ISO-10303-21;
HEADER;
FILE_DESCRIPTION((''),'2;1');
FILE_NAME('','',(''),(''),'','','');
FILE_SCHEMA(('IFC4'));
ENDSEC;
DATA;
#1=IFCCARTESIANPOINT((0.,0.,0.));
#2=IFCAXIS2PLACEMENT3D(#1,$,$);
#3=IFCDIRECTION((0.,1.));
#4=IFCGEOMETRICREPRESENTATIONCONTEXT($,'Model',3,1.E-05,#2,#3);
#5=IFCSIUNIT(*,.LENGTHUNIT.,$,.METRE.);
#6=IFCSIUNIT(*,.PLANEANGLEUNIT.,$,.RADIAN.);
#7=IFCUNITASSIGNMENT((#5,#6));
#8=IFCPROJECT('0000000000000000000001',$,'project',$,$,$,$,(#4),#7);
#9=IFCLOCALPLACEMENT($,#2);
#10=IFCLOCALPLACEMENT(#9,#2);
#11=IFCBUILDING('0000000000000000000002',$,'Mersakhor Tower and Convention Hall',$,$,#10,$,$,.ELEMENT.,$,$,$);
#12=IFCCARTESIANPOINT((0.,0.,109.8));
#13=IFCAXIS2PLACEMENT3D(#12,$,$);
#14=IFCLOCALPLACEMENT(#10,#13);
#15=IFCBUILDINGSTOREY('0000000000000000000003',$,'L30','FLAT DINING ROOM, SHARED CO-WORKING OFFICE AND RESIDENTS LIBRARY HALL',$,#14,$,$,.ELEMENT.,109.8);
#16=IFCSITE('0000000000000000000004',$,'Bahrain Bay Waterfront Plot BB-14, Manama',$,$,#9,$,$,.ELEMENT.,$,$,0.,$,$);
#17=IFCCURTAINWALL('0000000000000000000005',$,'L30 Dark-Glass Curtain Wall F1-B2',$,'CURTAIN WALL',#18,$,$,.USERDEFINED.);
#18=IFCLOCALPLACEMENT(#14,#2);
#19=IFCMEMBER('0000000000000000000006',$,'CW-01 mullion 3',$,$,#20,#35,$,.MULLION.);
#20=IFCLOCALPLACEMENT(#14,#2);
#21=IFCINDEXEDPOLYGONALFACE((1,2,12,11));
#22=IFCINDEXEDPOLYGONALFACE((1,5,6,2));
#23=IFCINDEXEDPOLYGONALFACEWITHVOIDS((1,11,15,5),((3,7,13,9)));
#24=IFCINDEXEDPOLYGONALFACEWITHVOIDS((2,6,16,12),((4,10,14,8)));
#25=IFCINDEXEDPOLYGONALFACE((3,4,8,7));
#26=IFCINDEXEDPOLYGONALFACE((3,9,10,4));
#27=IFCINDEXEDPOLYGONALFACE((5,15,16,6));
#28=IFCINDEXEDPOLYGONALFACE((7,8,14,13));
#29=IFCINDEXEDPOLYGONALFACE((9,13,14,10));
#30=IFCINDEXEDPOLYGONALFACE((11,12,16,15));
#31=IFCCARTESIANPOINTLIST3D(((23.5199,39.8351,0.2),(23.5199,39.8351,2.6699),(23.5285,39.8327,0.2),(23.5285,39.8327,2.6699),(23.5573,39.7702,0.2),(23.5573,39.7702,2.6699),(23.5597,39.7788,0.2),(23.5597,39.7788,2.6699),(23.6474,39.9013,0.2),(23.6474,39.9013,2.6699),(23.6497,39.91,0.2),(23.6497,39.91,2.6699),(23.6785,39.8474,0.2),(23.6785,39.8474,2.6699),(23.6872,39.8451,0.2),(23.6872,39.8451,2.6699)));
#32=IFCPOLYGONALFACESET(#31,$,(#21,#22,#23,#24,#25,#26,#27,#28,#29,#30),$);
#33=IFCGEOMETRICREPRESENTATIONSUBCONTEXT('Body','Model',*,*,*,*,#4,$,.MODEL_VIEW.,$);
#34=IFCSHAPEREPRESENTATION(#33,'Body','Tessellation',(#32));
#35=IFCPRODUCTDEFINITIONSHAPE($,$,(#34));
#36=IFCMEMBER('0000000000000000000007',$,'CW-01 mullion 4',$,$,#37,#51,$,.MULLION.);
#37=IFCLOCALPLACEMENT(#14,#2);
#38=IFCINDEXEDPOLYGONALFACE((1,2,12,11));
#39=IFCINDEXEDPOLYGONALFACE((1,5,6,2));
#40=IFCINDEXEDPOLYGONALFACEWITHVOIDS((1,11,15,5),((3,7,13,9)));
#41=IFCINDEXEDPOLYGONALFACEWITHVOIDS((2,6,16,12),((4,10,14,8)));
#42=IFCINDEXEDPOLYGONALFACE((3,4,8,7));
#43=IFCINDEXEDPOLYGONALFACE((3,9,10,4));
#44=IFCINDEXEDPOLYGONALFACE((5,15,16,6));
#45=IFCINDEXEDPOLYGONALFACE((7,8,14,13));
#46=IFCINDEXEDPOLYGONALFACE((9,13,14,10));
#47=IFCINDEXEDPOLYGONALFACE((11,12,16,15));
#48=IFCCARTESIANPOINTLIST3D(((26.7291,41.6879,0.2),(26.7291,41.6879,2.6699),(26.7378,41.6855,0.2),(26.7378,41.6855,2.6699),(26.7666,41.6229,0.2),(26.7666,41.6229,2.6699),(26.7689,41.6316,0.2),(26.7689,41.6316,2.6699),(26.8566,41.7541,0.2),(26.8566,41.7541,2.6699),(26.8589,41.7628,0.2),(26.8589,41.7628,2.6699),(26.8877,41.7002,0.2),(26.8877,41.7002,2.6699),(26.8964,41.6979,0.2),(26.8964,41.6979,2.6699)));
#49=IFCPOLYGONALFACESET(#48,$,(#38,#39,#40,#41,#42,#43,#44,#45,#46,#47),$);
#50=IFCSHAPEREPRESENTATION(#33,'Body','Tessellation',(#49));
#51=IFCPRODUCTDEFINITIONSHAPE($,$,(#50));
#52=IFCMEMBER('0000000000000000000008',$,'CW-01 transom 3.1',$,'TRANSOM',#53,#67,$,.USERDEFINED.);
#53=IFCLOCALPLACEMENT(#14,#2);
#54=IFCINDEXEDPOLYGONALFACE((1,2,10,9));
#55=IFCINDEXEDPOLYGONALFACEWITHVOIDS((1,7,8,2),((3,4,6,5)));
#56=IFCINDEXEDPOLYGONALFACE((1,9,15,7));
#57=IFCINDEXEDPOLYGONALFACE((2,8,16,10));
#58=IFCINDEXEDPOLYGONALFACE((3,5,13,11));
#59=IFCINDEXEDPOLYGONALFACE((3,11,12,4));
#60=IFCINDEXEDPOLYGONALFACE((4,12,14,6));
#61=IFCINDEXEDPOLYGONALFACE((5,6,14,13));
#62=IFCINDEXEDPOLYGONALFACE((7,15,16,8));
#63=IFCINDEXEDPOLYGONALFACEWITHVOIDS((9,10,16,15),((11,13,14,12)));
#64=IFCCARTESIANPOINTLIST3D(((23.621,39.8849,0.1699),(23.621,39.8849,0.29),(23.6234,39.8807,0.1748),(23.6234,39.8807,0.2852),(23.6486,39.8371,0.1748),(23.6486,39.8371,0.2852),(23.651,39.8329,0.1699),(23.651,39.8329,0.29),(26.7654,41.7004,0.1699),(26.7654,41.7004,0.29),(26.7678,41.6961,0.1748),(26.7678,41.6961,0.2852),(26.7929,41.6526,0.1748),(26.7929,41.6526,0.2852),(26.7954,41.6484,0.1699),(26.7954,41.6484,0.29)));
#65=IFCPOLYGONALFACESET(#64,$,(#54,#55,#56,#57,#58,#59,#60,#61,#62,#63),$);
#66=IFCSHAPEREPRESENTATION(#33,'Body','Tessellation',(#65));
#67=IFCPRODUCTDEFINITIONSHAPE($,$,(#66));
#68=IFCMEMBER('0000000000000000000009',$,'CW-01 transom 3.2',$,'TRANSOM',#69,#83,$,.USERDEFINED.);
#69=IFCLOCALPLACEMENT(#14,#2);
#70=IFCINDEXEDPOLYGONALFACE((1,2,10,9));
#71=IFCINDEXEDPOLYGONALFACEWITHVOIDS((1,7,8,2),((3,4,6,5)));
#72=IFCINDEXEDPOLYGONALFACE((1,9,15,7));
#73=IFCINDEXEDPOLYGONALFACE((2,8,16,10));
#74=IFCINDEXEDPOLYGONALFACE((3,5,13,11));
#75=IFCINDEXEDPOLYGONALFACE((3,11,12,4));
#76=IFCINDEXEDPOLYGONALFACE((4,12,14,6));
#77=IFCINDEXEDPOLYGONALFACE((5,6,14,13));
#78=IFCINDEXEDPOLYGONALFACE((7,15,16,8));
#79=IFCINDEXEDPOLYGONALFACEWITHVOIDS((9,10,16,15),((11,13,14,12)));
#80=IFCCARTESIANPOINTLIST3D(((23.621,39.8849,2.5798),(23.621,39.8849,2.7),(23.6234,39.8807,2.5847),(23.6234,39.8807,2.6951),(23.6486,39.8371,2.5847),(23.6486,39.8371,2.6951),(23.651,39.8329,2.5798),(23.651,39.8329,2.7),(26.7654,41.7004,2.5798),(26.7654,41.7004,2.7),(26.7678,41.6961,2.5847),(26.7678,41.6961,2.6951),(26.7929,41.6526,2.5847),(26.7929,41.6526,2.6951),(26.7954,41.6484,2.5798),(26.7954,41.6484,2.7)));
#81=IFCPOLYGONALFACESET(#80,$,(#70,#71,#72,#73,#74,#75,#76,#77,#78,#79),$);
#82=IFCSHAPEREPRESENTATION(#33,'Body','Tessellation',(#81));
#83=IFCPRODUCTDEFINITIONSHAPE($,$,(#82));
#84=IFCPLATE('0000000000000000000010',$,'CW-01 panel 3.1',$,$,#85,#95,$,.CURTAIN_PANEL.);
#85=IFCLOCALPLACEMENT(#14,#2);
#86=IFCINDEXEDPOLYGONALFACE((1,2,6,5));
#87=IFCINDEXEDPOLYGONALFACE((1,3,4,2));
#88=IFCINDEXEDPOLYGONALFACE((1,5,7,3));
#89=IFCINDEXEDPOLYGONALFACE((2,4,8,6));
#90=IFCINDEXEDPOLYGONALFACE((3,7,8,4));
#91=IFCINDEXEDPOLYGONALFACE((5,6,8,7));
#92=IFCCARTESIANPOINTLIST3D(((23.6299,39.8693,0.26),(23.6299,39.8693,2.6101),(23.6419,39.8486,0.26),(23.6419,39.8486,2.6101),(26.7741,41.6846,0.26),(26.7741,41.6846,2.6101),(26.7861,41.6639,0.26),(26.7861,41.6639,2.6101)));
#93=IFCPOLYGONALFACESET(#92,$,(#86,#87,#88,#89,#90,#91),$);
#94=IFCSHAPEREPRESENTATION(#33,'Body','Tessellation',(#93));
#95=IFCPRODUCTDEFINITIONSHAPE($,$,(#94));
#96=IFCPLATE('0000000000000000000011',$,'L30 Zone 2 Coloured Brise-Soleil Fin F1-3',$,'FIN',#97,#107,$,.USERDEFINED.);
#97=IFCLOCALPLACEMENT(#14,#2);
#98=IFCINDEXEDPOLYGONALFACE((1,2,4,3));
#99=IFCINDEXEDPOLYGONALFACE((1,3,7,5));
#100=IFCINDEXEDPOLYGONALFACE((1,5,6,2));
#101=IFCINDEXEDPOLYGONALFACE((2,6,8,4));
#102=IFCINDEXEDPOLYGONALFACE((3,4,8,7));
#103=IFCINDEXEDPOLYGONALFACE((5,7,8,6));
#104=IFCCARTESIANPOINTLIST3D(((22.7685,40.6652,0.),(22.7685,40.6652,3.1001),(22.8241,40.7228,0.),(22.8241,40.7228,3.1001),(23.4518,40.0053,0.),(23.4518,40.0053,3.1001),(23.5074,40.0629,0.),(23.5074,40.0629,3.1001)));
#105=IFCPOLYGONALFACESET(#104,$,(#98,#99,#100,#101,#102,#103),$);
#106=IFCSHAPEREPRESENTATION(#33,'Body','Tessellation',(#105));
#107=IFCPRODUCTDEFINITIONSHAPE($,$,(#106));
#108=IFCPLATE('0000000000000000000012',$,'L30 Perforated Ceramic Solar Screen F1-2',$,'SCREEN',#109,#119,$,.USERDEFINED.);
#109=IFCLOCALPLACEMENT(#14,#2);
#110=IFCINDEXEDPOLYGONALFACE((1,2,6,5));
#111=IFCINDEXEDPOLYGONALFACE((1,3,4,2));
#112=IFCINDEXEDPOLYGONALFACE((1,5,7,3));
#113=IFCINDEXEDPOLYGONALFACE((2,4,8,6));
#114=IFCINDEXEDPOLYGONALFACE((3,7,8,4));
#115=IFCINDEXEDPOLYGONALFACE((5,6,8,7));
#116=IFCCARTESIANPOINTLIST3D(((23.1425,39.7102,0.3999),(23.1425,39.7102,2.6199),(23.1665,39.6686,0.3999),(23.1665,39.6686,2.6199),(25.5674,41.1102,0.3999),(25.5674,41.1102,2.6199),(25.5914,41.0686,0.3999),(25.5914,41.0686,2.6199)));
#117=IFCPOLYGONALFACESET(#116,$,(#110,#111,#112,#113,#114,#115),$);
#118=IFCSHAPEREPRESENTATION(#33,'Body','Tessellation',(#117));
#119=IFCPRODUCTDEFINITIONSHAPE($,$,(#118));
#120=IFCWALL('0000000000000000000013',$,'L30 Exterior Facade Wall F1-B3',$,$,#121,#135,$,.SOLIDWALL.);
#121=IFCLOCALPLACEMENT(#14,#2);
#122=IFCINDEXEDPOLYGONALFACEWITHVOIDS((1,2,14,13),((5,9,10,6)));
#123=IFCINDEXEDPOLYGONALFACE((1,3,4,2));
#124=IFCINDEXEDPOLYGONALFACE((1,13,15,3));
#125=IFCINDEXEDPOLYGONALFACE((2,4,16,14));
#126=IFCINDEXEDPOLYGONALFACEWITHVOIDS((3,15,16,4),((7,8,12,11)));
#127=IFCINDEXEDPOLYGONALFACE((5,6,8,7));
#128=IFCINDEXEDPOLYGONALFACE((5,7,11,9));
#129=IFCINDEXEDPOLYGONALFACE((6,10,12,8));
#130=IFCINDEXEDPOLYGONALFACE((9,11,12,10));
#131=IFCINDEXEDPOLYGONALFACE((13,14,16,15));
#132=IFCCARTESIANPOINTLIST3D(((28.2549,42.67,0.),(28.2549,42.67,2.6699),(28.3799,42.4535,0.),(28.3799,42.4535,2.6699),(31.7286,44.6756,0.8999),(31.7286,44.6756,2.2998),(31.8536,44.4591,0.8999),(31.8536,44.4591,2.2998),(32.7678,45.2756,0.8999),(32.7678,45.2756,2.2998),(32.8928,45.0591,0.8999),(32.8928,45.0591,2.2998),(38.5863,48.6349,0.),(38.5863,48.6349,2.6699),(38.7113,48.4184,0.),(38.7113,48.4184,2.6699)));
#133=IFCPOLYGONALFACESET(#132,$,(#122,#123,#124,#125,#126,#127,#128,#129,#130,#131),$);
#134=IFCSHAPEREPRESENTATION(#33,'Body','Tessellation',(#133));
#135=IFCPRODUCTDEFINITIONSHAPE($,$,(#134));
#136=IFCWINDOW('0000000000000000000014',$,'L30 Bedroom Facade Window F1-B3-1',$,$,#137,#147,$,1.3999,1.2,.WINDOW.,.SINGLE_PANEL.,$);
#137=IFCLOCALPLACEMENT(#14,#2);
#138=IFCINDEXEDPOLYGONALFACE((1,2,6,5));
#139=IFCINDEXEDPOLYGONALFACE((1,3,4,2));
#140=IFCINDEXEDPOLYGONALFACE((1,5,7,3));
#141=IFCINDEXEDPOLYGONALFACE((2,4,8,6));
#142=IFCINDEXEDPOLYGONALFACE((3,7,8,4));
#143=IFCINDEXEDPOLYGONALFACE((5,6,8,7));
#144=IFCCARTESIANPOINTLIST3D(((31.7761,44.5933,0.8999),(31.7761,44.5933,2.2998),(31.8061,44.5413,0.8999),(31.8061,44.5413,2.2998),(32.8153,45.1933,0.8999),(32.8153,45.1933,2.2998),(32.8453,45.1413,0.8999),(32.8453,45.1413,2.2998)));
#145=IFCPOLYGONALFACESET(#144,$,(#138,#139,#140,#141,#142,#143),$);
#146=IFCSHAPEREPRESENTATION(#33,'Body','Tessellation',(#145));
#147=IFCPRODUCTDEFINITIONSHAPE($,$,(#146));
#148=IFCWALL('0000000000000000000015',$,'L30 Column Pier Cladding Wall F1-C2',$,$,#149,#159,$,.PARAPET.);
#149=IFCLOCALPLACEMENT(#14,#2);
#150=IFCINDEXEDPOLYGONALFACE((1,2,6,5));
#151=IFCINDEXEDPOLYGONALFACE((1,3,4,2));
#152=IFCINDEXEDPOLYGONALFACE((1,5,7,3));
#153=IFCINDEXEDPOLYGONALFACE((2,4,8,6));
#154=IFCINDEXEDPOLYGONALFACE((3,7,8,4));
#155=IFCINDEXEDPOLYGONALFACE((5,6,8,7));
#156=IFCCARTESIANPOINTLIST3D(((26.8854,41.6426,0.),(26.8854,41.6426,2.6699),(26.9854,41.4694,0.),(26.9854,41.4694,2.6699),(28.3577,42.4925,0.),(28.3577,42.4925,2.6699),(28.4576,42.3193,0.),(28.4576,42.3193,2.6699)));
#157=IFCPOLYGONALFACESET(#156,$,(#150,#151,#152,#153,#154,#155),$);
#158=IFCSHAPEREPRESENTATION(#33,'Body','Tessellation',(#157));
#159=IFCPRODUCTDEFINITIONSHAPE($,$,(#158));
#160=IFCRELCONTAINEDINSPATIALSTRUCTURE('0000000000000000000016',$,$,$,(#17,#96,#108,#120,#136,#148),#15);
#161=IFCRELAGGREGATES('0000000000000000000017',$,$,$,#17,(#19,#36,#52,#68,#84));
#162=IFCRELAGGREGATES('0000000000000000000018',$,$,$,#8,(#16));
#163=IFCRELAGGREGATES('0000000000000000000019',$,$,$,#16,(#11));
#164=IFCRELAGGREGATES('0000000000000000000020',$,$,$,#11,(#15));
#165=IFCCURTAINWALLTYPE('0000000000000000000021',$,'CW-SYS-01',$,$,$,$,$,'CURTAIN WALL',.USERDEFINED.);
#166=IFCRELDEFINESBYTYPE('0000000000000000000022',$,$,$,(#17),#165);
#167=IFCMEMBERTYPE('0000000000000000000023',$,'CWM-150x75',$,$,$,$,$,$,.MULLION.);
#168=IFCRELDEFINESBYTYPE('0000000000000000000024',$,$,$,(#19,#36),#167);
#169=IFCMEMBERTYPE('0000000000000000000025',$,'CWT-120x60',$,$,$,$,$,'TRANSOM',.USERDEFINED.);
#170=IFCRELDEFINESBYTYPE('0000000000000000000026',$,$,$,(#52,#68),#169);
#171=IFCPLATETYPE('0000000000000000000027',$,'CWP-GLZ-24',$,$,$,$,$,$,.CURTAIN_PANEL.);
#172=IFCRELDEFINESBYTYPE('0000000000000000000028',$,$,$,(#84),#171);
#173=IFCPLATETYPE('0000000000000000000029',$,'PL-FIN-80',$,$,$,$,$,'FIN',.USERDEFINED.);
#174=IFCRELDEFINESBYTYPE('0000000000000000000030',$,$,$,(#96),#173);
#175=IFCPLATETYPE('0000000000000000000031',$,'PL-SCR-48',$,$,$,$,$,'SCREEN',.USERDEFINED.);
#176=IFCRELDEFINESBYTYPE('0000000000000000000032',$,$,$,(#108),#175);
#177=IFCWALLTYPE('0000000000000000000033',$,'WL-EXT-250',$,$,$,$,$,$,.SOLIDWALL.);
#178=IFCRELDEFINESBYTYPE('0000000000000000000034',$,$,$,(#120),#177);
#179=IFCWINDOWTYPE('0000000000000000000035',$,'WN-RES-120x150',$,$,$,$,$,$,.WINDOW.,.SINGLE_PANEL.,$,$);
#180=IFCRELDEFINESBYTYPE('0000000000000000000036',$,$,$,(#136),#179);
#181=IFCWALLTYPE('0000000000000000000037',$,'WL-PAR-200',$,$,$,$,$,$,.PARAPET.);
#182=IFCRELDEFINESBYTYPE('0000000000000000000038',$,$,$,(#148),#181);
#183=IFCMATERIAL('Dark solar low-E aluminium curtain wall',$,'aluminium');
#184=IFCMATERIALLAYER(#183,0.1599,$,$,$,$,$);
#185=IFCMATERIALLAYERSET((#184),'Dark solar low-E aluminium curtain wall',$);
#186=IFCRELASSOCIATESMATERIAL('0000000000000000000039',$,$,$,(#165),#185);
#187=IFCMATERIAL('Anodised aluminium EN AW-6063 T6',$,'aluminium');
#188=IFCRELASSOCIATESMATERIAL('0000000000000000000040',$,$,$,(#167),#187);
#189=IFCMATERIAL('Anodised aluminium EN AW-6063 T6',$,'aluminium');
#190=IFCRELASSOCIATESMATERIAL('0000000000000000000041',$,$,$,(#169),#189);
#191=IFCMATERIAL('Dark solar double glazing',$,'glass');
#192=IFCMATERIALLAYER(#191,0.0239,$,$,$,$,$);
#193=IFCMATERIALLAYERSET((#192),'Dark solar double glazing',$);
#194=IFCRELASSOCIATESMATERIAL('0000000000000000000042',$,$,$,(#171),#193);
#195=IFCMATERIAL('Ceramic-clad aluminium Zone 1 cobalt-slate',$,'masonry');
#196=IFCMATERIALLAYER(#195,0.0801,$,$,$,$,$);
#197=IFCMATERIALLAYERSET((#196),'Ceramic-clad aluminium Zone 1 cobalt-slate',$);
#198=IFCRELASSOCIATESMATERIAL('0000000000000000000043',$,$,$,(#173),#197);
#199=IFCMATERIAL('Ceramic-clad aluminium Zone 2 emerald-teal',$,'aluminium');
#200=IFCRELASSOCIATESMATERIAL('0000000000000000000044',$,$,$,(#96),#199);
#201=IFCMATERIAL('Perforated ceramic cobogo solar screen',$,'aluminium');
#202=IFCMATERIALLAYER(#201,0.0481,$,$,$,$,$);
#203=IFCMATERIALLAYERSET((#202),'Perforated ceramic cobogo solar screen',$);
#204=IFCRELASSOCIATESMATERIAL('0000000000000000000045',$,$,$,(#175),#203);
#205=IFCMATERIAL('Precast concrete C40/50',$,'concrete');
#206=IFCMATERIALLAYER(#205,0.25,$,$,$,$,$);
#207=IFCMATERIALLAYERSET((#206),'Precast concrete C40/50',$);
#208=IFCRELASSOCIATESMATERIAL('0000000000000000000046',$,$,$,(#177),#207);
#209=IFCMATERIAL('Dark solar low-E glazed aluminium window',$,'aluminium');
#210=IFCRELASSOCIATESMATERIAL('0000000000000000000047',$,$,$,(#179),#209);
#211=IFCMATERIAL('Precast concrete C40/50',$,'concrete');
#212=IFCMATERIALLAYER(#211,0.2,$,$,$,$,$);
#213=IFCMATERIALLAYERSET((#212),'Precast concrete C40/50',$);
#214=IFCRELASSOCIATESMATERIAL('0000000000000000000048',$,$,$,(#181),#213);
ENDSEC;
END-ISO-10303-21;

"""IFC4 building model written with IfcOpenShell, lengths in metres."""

from ifc_helpers import new_model, si_unit, direction, frame, frame_2d, origin, origin_2d, place, context, subcontext, project, spatial, rectangle, hollow_rectangle, extrude, material, layer, layer_set, material_profile, profile_set, type_object, element, fill, aggregate, save


model = new_model("IFC4")

# Units and contexts
model_context = context("Model", 3, precision=1e-05, world=origin(), true_north=direction((0.0, 1.0)))
body_context = subcontext(model_context, "Body", "Model", "MODEL_VIEW")
ifc_project = project(units=[si_unit("LENGTHUNIT", "METRE"), si_unit("PLANEANGLEUNIT", "RADIAN")], contexts=[model_context])

# Site, building, storey
site_placement = place(None, origin())
site = spatial("IfcSite", under=ifc_project, at=site_placement, Name="Bahrain Bay Waterfront Plot BB-14, Manama", CompositionType="ELEMENT", RefElevation=0.0)
building_placement = place(site_placement, origin())
building = spatial("IfcBuilding", under=site, at=building_placement, Name="Mersakhor Tower and Convention Hall", CompositionType="ELEMENT")
storey_placement = place(building_placement, frame((0.0, 0.0, 109.8)))
storey = spatial("IfcBuildingStorey", under=building, at=storey_placement, Name="L30", Description="FLAT DINING ROOM, SHARED CO-WORKING OFFICE AND RESIDENTS LIBRARY HALL", CompositionType="ELEMENT", Elevation=109.8)

# Curtain wall, members, plate
ifc_material_1 = material(Name="Dark solar low-E aluminium curtain wall", Category="aluminium")
ifc_layer_1 = layer(ifc_material_1, 0.1599)
ifc_layer_set_1 = layer_set([ifc_layer_1], Name="Dark solar low-E aluminium curtain wall")
curtain_wall_type = type_object("IfcCurtainWallType", Name="CW-SYS-01", ElementType="CURTAIN WALL", PredefinedType="USERDEFINED", material=ifc_layer_set_1)
curtain_wall_placement = place(storey_placement, origin())
curtain_wall = element("IfcCurtainWall", 1, at=curtain_wall_placement, inside=storey, type_object=curtain_wall_type, Name="L30 Dark-Glass Curtain Wall F1-B2", ObjectType="CURTAIN WALL", PredefinedType="USERDEFINED")
ifc_material_2 = material(Name="Anodised aluminium EN AW-6063 T6", Category="aluminium")
ifc_material_profile_1 = material_profile(ifc_material_2, hollow_rectangle(XDim=0.075, YDim=0.1499, WallThickness=0.0063, at=origin_2d()), Name="RHS 150x75x6.3")
ifc_profile_set_1 = profile_set([ifc_material_profile_1], Name="Anodised aluminium EN AW-6063 T6")
member_type_1 = type_object("IfcMemberType", Name="CWM-150x75", PredefinedType="MULLION", material=ifc_profile_set_1)
member_1_placement = place(storey_placement, frame((23.6035, 39.8401, 0.2), z_axis=(0.0, 0.0, 1.0), x_axis=(-0.499998, 0.866027, 0.0)))
member_1 = element("IfcMember", 2, at=member_1_placement, type_object=member_type_1, Name="CW-01 mullion 3", PredefinedType="MULLION", context=body_context, shape_type="SweptSolid", body=[
    extrude(hollow_rectangle(XDim=0.075, YDim=0.1499, WallThickness=0.0063, at=origin_2d()), origin(), (0.0, 0.0, 1.0), 2.47),
])
member_2_placement = place(storey_placement, frame((26.8127, 41.6929, 0.2), z_axis=(0.0, 0.0, 1.0), x_axis=(-0.499998, 0.866027, 0.0)))
member_2 = element("IfcMember", 3, at=member_2_placement, type_object=member_type_1, Name="CW-01 mullion 4", PredefinedType="MULLION", context=body_context, shape_type="SweptSolid", body=[
    extrude(hollow_rectangle(XDim=0.075, YDim=0.1499, WallThickness=0.0063, at=origin_2d()), origin(), (0.0, 0.0, 1.0), 2.47),
])
ifc_material_3 = material(Name="Anodised aluminium EN AW-6063 T6", Category="aluminium")
ifc_material_profile_2 = material_profile(ifc_material_3, hollow_rectangle(XDim=0.0601, YDim=0.1201, WallThickness=0.0049, at=origin_2d()), Name="RHS 120x60x5")
ifc_profile_set_2 = profile_set([ifc_material_profile_2], Name="Anodised aluminium EN AW-6063 T6")
member_type_2 = type_object("IfcMemberType", Name="CWT-120x60", ElementType="TRANSOM", PredefinedType="USERDEFINED", material=ifc_profile_set_2)
member_3_placement = place(storey_placement, frame((23.636, 39.8589, 0.23), z_axis=(0.866016, 0.500015, 0.0), x_axis=(-0.500015, 0.866016, 0.0)))
member_3 = element("IfcMember", 4, at=member_3_placement, type_object=member_type_2, Name="CW-01 transom 3.1", ObjectType="TRANSOM", PredefinedType="USERDEFINED", context=body_context, shape_type="SweptSolid", body=[
    extrude(hollow_rectangle(XDim=0.0601, YDim=0.1201, WallThickness=0.0049, at=origin_2d()), origin(), (0.0, 0.0, 1.0), 3.6309),
])
member_4_placement = place(storey_placement, frame((23.636, 39.8589, 2.6399), z_axis=(0.866016, 0.500015, 0.0), x_axis=(-0.500015, 0.866016, 0.0)))
member_4 = element("IfcMember", 5, at=member_4_placement, type_object=member_type_2, Name="CW-01 transom 3.2", ObjectType="TRANSOM", PredefinedType="USERDEFINED", context=body_context, shape_type="SweptSolid", body=[
    extrude(hollow_rectangle(XDim=0.0601, YDim=0.1201, WallThickness=0.0049, at=origin_2d()), origin(), (0.0, 0.0, 1.0), 3.6309),
])
ifc_material_4 = material(Name="Dark solar double glazing", Category="glass")
ifc_layer_2 = layer(ifc_material_4, 0.0239)
ifc_layer_set_2 = layer_set([ifc_layer_2], Name="Dark solar double glazing")
plate_type_1 = type_object("IfcPlateType", Name="CWP-GLZ-24", PredefinedType="CURTAIN_PANEL", material=ifc_layer_set_2)
plate_1_placement = place(storey_placement, frame((25.208, 40.7666, 0.26), z_axis=(0.0, 0.0, 1.0), x_axis=(0.866027, 0.499998, 0.0)))
plate_1 = element("IfcPlate", 6, at=plate_1_placement, type_object=plate_type_1, Name="CW-01 panel 3.1", PredefinedType="CURTAIN_PANEL", context=body_context, shape_type="SweptSolid", body=[
    extrude(rectangle(XDim=3.6306, YDim=0.0239, at=origin_2d()), origin(), (0.0, 0.0, 1.0), 2.3501),
])
aggregate(curtain_wall, [member_1, member_2, member_3, member_4, plate_1])

# Plates
ifc_material_5 = material(Name="Ceramic-clad aluminium Zone 2 emerald-teal", Category="aluminium")
ifc_material_6 = material(Name="Ceramic-clad aluminium Zone 1 cobalt-slate", Category="masonry")
ifc_layer_3 = layer(ifc_material_6, 0.0801)
ifc_layer_set_3 = layer_set([ifc_layer_3], Name="Ceramic-clad aluminium Zone 1 cobalt-slate")
plate_type_2 = type_object("IfcPlateType", Name="PL-FIN-80", ElementType="FIN", PredefinedType="USERDEFINED", material=ifc_layer_set_3)
plate_2_placement = place(storey_placement, frame((23.1379, 40.364, 0.0), z_axis=(0.0, 0.0, 1.0), x_axis=(-0.71934, 0.694658, 0.0)))
element("IfcPlate", 7, at=plate_2_placement, inside=storey, type_object=plate_type_2, material=ifc_material_5, Name="L30 Zone 2 Coloured Brise-Soleil Fin F1-3", ObjectType="FIN", PredefinedType="USERDEFINED", context=body_context, shape_type="SweptSolid", body=[
    extrude(rectangle(XDim=0.95, YDim=0.0801, at=origin_2d()), origin(), (0.0, 0.0, 1.0), 3.1001),
])
ifc_material_7 = material(Name="Perforated ceramic cobogo solar screen", Category="aluminium")
ifc_layer_4 = layer(ifc_material_7, 0.0481)
ifc_layer_set_4 = layer_set([ifc_layer_4], Name="Perforated ceramic cobogo solar screen")
plate_type_3 = type_object("IfcPlateType", Name="PL-SCR-48", ElementType="SCREEN", PredefinedType="USERDEFINED", material=ifc_layer_set_4)
plate_3_placement = place(storey_placement, frame((24.3669, 40.3894, 0.3999), z_axis=(0.0, 0.0, 1.0), x_axis=(0.866025, 0.5, 0.0)))
element("IfcPlate", 8, at=plate_3_placement, inside=storey, type_object=plate_type_3, Name="L30 Perforated Ceramic Solar Screen F1-2", ObjectType="SCREEN", PredefinedType="USERDEFINED", context=body_context, shape_type="SweptSolid", body=[
    extrude(rectangle(XDim=2.8, YDim=0.0481, at=origin_2d()), origin(), (0.0, 0.0, 1.0), 2.22),
])

# Wall, opening, window
ifc_material_8 = material(Name="Precast concrete C40/50", Category="concrete")
ifc_layer_5 = layer(ifc_material_8, 0.25)
ifc_layer_set_5 = layer_set([ifc_layer_5], Name="Precast concrete C40/50")
wall_type_1 = type_object("IfcWallType", Name="WL-EXT-250", PredefinedType="SOLIDWALL", material=ifc_layer_set_5)
wall_1_placement = place(storey_placement, frame((28.3174, 42.5618, 0.0), z_axis=(0.0, 0.0, 1.0), x_axis=(0.866023, 0.500004, 0.0)))
wall_1 = element("IfcWall", 9, at=wall_1_placement, inside=storey, type_object=wall_type_1, Name="L30 Exterior Facade Wall F1-B3", PredefinedType="SOLIDWALL", context=body_context, shape_type="SweptSolid", body=[
    extrude(rectangle(XDim=11.9297, YDim=0.25, at=frame_2d((5.9648, 0.0))), origin(), (0.0, 0.0, 1.0), 2.6699),
])
opening_1_placement = place(wall_1_placement, frame((4.011, 0.0, 0.8999)))
opening_1 = element("IfcOpeningElement", 10, at=opening_1_placement, cuts=wall_1, PredefinedType="OPENING", context=body_context, shape_type="SweptSolid", body=[
    extrude(rectangle(XDim=1.2, YDim=1.3999, at=frame_2d((0.6001, 0.7))), frame((0.0, 0.135, 0.0), z_axis=(0.0, -1.0, 0.0), x_axis=(1.0, 0.0, 0.0)), (0.0, 0.0, 1.0), 0.27),
])
ifc_material_9 = material(Name="Dark solar low-E glazed aluminium window", Category="aluminium")
window_type = type_object("IfcWindowType", Name="WN-RES-120x150", PartitioningType="SINGLE_PANEL", PredefinedType="WINDOW", material=ifc_material_9)
window_placement = place(opening_1_placement, origin())
window = element("IfcWindow", 11, at=window_placement, inside=storey, type_object=window_type, Name="L30 Bedroom Facade Window F1-B3-1", OverallHeight=1.3999, OverallWidth=1.2, PartitioningType="SINGLE_PANEL", PredefinedType="WINDOW", context=body_context, shape_type="SweptSolid", body=[
    extrude(rectangle(XDim=1.2, YDim=1.3999, at=frame_2d((0.6001, 0.7))), frame((0.0, 0.03, 0.0), z_axis=(0.0, -1.0, 0.0), x_axis=(1.0, 0.0, 0.0)), (0.0, 0.0, 1.0), 0.0601),
])
fill(opening_1, window)

# Wall
ifc_material_10 = material(Name="Precast concrete C40/50", Category="concrete")
ifc_layer_6 = layer(ifc_material_10, 0.2)
ifc_layer_set_6 = layer_set([ifc_layer_6], Name="Precast concrete C40/50")
wall_type_2 = type_object("IfcWallType", Name="WL-PAR-200", PredefinedType="PARAPET", material=ifc_layer_set_6)
wall_2_placement = place(storey_placement, frame((26.9353, 41.5559, 0.0), z_axis=(0.0, 0.0, 1.0), x_axis=(0.866052, 0.499955, 0.0)))
element("IfcWall", 12, at=wall_2_placement, inside=storey, type_object=wall_type_2, Name="L30 Column Pier Cladding Wall F1-C2", PredefinedType="PARAPET", context=body_context, shape_type="SweptSolid", body=[
    extrude(rectangle(XDim=1.7, YDim=0.2, at=frame_2d((0.8501, 0.0))), origin(), (0.0, 0.0, 1.0), 2.6699),
])

save(model, "model.ifc")
